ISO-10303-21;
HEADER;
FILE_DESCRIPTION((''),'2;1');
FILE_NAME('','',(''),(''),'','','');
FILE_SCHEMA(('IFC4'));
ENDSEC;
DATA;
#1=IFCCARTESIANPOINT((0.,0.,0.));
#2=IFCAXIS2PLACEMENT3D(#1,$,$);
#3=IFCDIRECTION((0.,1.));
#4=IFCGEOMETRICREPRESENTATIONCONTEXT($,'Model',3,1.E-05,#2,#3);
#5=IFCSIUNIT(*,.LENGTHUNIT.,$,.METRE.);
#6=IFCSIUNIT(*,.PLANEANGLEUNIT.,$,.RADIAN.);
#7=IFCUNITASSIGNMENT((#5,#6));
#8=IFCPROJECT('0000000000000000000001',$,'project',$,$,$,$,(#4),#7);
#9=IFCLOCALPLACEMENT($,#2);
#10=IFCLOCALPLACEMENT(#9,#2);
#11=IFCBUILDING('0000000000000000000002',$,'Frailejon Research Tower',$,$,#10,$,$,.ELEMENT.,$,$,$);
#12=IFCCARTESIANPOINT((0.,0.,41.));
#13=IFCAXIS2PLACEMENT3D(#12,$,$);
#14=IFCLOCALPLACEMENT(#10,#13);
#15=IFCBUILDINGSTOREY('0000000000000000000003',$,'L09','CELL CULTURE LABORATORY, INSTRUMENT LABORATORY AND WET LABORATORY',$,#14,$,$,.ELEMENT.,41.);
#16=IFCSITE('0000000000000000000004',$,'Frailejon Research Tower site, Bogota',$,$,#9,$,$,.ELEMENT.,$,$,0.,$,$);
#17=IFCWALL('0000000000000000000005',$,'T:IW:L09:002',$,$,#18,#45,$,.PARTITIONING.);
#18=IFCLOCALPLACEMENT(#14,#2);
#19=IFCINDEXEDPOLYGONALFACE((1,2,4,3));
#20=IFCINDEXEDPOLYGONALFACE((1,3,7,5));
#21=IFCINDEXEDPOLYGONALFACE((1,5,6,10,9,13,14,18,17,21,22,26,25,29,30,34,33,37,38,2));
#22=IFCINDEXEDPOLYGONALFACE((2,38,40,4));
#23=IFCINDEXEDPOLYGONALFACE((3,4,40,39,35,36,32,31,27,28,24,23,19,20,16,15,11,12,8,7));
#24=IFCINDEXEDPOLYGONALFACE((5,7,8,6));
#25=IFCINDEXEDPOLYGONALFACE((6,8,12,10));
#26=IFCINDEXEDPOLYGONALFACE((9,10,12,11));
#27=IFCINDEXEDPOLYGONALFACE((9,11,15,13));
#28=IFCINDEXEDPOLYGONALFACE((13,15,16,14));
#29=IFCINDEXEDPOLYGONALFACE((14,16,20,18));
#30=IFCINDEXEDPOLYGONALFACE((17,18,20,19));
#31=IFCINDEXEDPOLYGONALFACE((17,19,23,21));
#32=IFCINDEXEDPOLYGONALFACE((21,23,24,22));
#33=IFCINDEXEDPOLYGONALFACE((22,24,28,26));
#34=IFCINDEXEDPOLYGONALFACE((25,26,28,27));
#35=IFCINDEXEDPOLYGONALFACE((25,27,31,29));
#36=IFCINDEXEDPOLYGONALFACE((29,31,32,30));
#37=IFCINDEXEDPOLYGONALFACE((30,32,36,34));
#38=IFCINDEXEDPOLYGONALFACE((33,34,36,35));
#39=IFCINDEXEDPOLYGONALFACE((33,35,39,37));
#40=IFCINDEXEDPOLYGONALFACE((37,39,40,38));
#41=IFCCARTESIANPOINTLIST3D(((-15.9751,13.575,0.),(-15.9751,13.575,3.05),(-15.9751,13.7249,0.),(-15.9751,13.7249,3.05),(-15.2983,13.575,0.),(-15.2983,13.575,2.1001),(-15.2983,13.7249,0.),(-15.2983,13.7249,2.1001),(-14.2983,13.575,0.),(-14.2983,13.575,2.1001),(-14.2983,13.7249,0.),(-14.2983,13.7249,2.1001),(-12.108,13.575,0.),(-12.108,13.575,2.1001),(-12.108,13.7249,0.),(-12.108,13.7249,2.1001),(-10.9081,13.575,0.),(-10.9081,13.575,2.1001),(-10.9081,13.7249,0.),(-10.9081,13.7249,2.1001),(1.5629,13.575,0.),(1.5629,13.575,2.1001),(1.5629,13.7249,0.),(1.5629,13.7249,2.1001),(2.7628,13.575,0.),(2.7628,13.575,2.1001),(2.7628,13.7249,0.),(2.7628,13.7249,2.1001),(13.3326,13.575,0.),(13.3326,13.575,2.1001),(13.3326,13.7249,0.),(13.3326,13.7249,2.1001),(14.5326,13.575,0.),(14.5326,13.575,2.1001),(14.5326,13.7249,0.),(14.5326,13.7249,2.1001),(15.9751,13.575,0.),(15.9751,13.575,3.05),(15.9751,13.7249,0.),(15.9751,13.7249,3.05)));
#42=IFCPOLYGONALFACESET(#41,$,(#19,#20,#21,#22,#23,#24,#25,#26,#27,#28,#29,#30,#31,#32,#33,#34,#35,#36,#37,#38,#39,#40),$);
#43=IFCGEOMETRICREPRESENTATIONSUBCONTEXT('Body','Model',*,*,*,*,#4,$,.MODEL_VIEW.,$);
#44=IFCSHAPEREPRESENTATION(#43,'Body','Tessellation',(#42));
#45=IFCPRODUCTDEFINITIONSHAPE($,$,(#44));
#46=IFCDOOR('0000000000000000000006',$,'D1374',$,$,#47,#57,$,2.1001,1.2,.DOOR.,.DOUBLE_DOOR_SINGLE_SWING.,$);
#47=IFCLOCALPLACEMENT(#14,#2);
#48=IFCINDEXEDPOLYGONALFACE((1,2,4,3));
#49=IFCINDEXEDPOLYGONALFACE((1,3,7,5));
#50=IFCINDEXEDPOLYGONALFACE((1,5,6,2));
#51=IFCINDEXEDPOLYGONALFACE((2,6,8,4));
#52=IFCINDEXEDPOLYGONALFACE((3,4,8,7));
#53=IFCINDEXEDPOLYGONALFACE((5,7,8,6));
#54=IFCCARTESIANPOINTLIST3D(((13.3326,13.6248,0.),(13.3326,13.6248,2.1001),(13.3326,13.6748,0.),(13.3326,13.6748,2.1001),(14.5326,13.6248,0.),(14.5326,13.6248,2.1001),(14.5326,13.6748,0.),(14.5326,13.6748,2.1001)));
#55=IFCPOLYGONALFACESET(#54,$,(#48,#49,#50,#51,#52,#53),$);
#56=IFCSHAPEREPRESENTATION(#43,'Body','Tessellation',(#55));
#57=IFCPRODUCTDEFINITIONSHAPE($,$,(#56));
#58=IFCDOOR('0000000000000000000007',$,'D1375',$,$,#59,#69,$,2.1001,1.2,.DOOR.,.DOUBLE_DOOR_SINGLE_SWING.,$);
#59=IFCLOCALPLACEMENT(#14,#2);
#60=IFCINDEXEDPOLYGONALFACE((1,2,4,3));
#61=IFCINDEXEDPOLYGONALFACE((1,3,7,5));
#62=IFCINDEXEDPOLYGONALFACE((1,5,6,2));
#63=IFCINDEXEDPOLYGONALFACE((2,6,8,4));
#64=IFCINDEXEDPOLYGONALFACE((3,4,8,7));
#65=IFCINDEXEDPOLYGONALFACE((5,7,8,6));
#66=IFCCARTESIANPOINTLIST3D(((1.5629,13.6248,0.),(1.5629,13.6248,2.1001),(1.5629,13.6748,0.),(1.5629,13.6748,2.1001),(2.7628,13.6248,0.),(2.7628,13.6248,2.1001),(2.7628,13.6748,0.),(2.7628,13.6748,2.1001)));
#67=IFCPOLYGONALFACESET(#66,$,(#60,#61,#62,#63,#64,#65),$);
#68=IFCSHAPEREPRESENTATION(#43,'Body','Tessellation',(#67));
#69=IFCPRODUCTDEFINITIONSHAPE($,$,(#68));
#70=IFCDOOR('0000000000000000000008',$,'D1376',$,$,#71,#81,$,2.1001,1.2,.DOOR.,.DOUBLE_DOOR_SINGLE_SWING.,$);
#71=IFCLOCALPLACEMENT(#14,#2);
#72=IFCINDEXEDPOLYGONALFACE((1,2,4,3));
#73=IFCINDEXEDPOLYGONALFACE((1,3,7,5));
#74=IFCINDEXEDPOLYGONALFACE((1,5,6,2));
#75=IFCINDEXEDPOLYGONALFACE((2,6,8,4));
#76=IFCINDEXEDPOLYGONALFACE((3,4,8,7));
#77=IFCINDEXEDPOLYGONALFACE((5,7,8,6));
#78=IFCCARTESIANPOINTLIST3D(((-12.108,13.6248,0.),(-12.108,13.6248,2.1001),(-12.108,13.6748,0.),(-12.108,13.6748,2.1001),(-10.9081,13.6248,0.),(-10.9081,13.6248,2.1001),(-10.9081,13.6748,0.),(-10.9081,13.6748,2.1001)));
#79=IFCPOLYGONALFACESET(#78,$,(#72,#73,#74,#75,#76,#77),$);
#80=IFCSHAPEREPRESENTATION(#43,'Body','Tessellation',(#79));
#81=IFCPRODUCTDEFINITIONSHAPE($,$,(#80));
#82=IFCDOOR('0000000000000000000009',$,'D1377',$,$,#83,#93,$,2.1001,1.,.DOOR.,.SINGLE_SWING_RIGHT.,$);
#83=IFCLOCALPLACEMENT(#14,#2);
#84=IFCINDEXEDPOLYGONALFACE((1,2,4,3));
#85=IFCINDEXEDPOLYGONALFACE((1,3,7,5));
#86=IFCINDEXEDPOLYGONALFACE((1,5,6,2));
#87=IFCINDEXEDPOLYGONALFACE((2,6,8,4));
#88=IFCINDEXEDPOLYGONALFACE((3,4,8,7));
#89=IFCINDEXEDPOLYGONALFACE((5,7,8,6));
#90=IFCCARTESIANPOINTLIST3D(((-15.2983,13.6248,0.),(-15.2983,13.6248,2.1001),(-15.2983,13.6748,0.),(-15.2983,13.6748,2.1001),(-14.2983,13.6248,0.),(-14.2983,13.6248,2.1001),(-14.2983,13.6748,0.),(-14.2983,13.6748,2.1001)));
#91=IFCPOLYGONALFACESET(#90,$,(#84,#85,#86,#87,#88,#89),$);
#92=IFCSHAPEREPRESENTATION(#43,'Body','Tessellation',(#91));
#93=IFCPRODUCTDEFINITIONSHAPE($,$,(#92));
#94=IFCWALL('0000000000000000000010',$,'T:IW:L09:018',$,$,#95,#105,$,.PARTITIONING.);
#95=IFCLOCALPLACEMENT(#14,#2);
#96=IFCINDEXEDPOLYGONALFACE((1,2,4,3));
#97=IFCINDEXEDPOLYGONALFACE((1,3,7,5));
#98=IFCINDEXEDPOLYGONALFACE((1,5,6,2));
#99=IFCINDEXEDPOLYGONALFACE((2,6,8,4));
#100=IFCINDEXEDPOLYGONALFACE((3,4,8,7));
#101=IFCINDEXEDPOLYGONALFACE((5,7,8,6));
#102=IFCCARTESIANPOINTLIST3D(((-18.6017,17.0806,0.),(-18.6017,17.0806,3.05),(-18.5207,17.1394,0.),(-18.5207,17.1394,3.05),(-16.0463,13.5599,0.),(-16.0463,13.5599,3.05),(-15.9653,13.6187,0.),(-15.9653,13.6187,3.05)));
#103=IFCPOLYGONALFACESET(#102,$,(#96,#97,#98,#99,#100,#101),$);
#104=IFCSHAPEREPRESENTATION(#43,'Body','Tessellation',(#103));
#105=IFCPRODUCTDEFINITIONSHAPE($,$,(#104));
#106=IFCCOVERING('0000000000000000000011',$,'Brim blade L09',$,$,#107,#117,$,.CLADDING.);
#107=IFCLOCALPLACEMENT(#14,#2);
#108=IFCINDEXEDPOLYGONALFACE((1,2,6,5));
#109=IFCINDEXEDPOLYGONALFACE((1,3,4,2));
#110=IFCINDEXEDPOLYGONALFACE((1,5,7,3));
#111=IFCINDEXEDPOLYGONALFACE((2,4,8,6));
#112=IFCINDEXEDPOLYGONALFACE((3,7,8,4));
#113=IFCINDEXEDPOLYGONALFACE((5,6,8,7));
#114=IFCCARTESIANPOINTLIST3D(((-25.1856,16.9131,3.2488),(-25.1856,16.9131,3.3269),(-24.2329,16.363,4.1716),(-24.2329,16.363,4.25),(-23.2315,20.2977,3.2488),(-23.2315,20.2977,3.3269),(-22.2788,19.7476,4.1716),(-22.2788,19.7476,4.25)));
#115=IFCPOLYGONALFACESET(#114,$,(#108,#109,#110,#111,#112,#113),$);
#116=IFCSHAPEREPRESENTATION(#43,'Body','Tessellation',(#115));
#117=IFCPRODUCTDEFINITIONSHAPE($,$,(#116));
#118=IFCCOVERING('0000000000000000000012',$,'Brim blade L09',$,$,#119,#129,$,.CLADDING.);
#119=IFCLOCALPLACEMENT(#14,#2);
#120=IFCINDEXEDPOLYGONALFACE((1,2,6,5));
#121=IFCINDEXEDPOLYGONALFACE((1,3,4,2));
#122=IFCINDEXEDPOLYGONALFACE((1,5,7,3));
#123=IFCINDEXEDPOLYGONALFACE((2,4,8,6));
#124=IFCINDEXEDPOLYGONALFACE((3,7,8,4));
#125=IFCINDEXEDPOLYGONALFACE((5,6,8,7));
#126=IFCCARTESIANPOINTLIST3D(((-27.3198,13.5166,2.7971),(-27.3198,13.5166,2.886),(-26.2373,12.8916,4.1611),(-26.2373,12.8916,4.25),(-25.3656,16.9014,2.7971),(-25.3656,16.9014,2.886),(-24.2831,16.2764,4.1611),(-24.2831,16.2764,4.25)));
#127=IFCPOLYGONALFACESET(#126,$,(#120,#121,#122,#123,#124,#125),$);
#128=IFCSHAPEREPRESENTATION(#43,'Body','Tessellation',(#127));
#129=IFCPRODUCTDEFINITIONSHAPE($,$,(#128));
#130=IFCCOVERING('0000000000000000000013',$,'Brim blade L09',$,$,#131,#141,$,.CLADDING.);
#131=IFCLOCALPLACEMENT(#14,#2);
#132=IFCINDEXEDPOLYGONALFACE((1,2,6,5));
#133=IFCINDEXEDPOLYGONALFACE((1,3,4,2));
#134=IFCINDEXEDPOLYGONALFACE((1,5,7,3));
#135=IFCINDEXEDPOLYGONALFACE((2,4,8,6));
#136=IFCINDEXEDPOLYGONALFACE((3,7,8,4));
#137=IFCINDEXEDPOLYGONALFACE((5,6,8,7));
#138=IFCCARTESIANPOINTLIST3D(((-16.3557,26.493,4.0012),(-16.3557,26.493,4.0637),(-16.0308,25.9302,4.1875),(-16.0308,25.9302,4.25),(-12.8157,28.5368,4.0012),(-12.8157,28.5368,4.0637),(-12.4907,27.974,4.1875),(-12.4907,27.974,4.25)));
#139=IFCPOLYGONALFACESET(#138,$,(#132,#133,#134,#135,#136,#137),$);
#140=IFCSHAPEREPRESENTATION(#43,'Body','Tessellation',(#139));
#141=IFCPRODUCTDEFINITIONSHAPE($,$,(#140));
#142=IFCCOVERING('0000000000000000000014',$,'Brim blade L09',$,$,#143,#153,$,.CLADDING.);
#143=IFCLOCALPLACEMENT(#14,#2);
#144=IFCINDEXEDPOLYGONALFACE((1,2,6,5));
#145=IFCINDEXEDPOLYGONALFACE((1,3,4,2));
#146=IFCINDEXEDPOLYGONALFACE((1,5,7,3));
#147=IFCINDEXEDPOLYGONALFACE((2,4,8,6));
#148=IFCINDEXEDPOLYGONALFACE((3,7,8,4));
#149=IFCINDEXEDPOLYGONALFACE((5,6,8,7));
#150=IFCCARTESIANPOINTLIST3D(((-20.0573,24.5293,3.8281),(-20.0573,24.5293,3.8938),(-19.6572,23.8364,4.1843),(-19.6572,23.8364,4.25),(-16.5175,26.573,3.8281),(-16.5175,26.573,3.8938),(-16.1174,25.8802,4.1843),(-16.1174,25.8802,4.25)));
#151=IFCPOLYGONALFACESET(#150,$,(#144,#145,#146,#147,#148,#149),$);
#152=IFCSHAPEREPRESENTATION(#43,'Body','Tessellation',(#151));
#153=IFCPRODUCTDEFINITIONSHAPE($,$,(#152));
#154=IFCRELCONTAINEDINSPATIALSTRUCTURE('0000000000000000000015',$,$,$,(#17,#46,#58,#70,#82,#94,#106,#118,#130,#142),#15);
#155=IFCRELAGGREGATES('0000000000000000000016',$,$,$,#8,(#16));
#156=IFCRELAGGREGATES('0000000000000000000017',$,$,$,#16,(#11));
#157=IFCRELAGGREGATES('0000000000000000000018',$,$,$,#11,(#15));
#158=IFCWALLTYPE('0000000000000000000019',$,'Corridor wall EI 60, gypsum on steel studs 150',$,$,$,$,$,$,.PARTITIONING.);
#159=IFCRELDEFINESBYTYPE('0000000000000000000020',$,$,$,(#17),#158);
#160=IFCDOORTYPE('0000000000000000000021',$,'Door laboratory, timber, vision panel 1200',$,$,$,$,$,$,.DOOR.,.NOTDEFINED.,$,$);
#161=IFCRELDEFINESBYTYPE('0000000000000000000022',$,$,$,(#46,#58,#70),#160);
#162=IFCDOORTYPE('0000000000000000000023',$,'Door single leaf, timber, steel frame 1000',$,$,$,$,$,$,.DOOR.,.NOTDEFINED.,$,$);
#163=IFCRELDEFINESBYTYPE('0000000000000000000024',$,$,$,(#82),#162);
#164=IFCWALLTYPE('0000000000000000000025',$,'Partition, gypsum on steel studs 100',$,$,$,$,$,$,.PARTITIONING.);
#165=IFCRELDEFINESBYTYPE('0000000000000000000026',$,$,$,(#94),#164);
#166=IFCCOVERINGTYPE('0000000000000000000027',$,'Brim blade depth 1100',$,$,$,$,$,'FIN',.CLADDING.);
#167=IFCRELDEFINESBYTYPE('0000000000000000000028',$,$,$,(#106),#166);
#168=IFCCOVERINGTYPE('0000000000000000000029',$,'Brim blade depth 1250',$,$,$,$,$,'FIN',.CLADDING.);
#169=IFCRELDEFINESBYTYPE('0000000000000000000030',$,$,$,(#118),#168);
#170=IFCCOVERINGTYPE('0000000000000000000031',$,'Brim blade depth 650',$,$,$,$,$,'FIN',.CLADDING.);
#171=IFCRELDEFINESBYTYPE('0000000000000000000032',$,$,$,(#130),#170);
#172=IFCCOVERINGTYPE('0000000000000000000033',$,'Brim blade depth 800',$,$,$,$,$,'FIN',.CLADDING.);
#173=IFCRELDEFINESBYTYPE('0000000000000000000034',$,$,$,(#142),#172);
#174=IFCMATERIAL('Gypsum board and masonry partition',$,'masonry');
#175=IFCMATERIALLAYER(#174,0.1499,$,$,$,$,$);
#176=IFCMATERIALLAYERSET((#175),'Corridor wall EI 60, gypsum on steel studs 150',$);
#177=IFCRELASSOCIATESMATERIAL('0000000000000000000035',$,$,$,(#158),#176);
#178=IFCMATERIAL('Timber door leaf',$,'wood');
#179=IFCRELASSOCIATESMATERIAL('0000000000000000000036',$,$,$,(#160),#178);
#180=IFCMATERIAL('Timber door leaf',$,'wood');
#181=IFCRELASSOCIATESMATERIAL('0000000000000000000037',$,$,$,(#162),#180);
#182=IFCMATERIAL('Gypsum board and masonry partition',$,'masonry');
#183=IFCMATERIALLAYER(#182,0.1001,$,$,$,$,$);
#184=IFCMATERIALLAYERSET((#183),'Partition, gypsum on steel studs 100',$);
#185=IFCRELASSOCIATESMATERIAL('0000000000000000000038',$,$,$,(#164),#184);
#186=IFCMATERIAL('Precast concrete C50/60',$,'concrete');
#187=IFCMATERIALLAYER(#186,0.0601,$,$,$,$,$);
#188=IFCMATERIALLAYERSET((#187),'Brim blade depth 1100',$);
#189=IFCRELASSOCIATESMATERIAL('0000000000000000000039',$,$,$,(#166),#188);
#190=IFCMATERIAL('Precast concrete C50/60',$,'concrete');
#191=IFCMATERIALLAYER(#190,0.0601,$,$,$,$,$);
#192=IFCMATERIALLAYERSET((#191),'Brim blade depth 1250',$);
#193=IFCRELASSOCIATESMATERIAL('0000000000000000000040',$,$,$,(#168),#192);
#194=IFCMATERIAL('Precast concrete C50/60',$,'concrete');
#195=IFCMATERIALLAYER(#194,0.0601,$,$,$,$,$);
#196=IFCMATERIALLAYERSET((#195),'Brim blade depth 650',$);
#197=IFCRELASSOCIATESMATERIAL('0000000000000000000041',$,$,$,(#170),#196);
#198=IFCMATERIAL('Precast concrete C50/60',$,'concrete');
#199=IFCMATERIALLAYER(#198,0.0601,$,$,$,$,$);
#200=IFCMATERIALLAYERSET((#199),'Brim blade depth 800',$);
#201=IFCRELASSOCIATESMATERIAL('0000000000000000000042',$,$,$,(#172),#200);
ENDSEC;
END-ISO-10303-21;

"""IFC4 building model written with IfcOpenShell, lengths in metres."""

from ifc_helpers import new_model, si_unit, direction, frame, frame_2d, origin, place, context, subcontext, project, spatial, polyline, rectangle, outline, extrude, material, layer, layer_set, type_object, element, fill, save


model = new_model("IFC4")

# Units and contexts
model_context = context("Model", 3, precision=1e-05, world=origin(), true_north=direction((0.0, 1.0)))
body_context = subcontext(model_context, "Body", "Model", "MODEL_VIEW")
ifc_project = project(units=[si_unit("LENGTHUNIT", "METRE"), si_unit("PLANEANGLEUNIT", "RADIAN")], contexts=[model_context])

# Site, building, storey
site_placement = place(None, origin())
site = spatial("IfcSite", under=ifc_project, at=site_placement, Name="Frailejon Research Tower site, Bogota", CompositionType="ELEMENT", RefElevation=0.0)
building_placement = place(site_placement, origin())
building = spatial("IfcBuilding", under=site, at=building_placement, Name="Frailejon Research Tower", CompositionType="ELEMENT")
storey_placement = place(building_placement, frame((0.0, 0.0, 41.0)))
storey = spatial("IfcBuildingStorey", under=building, at=storey_placement, Name="L09", Description="CELL CULTURE LABORATORY, INSTRUMENT LABORATORY AND WET LABORATORY", CompositionType="ELEMENT", Elevation=41.0)

# Wall, openings, doors
ifc_material_1 = material(Name="Gypsum board and masonry partition", Category="masonry")
ifc_layer_1 = layer(ifc_material_1, 0.1499)
ifc_layer_set_1 = layer_set([ifc_layer_1], Name="Corridor wall EI 60, gypsum on steel studs 150")
wall_type_1 = type_object("IfcWallType", Name="Corridor wall EI 60, gypsum on steel studs 150", PredefinedType="PARTITIONING", material=ifc_layer_set_1)
wall_1_placement = place(storey_placement, frame((-15.9751, 13.6499, 0.0), z_axis=(0.0, 0.0, 1.0), x_axis=(1.0, 0.0, 0.0)))
wall_1 = element("IfcWall", 1, at=wall_1_placement, inside=storey, type_object=wall_type_1, Name="T:IW:L09:002", PredefinedType="PARTITIONING", context=body_context, shape_type="SweptSolid", body=[
    extrude(rectangle(XDim=31.9502, YDim=0.1499, at=frame_2d((15.9751, 0.0))), origin(), (0.0, 0.0, 1.0), 3.05),
])
opening_1_placement = place(wall_1_placement, frame((29.3076, 0.0, 0.0)))
opening_1 = element("IfcOpeningElement", 2, at=opening_1_placement, cuts=wall_1, PredefinedType="OPENING", context=body_context, shape_type="SweptSolid", body=[
    extrude(rectangle(XDim=1.2, YDim=2.1001, at=frame_2d((0.6001, 1.05))), frame((0.0, 0.085, 0.0), z_axis=(0.0, -1.0, 0.0), x_axis=(1.0, 0.0, 0.0)), (0.0, 0.0, 1.0), 0.1699),
])
opening_2_placement = place(wall_1_placement, frame((17.5378, 0.0, 0.0)))
opening_2 = element("IfcOpeningElement", 3, at=opening_2_placement, cuts=wall_1, PredefinedType="OPENING", context=body_context, shape_type="SweptSolid", body=[
    extrude(rectangle(XDim=1.2, YDim=2.1001, at=frame_2d((0.6001, 1.05))), frame((0.0, 0.085, 0.0), z_axis=(0.0, -1.0, 0.0), x_axis=(1.0, 0.0, 0.0)), (0.0, 0.0, 1.0), 0.1699),
])
opening_3_placement = place(wall_1_placement, frame((3.8669, 0.0, 0.0)))
opening_3 = element("IfcOpeningElement", 4, at=opening_3_placement, cuts=wall_1, PredefinedType="OPENING", context=body_context, shape_type="SweptSolid", body=[
    extrude(rectangle(XDim=1.2, YDim=2.1001, at=frame_2d((0.6001, 1.05))), frame((0.0, 0.085, 0.0), z_axis=(0.0, -1.0, 0.0), x_axis=(1.0, 0.0, 0.0)), (0.0, 0.0, 1.0), 0.1699),
])
opening_4_placement = place(wall_1_placement, frame((0.6768, 0.0, 0.0)))
opening_4 = element("IfcOpeningElement", 5, at=opening_4_placement, cuts=wall_1, PredefinedType="OPENING", context=body_context, shape_type="SweptSolid", body=[
    extrude(rectangle(XDim=1.0, YDim=2.1001, at=frame_2d((0.5, 1.05))), frame((0.0, 0.085, 0.0), z_axis=(0.0, -1.0, 0.0), x_axis=(1.0, 0.0, 0.0)), (0.0, 0.0, 1.0), 0.1699),
])
ifc_material_2 = material(Name="Timber door leaf", Category="wood")
door_type_1 = type_object("IfcDoorType", Name="Door laboratory, timber, vision panel 1200", OperationType="NOTDEFINED", PredefinedType="DOOR", material=ifc_material_2)
door_1_placement = place(opening_1_placement, origin())
door_1 = element("IfcDoor", 6, at=door_1_placement, inside=storey, type_object=door_type_1, Name="D1374", OperationType="DOUBLE_DOOR_SINGLE_SWING", OverallHeight=2.1001, OverallWidth=1.2, PredefinedType="DOOR", context=body_context, shape_type="SweptSolid", body=[
    extrude(rectangle(XDim=1.2, YDim=2.1001, at=frame_2d((0.6001, 1.05))), frame((0.0, 0.0249, 0.0), z_axis=(0.0, -1.0, 0.0), x_axis=(1.0, 0.0, 0.0)), (0.0, 0.0, 1.0), 0.05),
])
fill(opening_1, door_1)
door_2_placement = place(opening_2_placement, origin())
door_2 = element("IfcDoor", 7, at=door_2_placement, inside=storey, type_object=door_type_1, Name="D1375", OperationType="DOUBLE_DOOR_SINGLE_SWING", OverallHeight=2.1001, OverallWidth=1.2, PredefinedType="DOOR", context=body_context, shape_type="SweptSolid", body=[
    extrude(rectangle(XDim=1.2, YDim=2.1001, at=frame_2d((0.6001, 1.05))), frame((0.0, 0.0249, 0.0), z_axis=(0.0, -1.0, 0.0), x_axis=(1.0, 0.0, 0.0)), (0.0, 0.0, 1.0), 0.05),
])
fill(opening_2, door_2)
door_3_placement = place(opening_3_placement, origin())
door_3 = element("IfcDoor", 8, at=door_3_placement, inside=storey, type_object=door_type_1, Name="D1376", OperationType="DOUBLE_DOOR_SINGLE_SWING", OverallHeight=2.1001, OverallWidth=1.2, PredefinedType="DOOR", context=body_context, shape_type="SweptSolid", body=[
    extrude(rectangle(XDim=1.2, YDim=2.1001, at=frame_2d((0.6001, 1.05))), frame((0.0, 0.0249, 0.0), z_axis=(0.0, -1.0, 0.0), x_axis=(1.0, 0.0, 0.0)), (0.0, 0.0, 1.0), 0.05),
])
fill(opening_3, door_3)
ifc_material_3 = material(Name="Timber door leaf", Category="wood")
door_type_2 = type_object("IfcDoorType", Name="Door single leaf, timber, steel frame 1000", OperationType="NOTDEFINED", PredefinedType="DOOR", material=ifc_material_3)
door_4_placement = place(opening_4_placement, origin())
door_4 = element("IfcDoor", 9, at=door_4_placement, inside=storey, type_object=door_type_2, Name="D1377", OperationType="SINGLE_SWING_RIGHT", OverallHeight=2.1001, OverallWidth=1.0, PredefinedType="DOOR", context=body_context, shape_type="SweptSolid", body=[
    extrude(rectangle(XDim=1.0, YDim=2.1001, at=frame_2d((0.5, 1.05))), frame((0.0, 0.0249, 0.0), z_axis=(0.0, -1.0, 0.0), x_axis=(1.0, 0.0, 0.0)), (0.0, 0.0, 1.0), 0.05),
])
fill(opening_4, door_4)

# Wall
ifc_material_4 = material(Name="Gypsum board and masonry partition", Category="masonry")
ifc_layer_2 = layer(ifc_material_4, 0.1001)
ifc_layer_set_2 = layer_set([ifc_layer_2], Name="Partition, gypsum on steel studs 100")
wall_type_2 = type_object("IfcWallType", Name="Partition, gypsum on steel studs 100", PredefinedType="PARTITIONING", material=ifc_layer_set_2)
wall_2_placement = place(storey_placement, frame((-18.5613, 17.1101, 0.0), z_axis=(0.0, 0.0, 1.0), x_axis=(0.587401, -0.809296, 0.0)))
element("IfcWall", 10, at=wall_2_placement, inside=storey, type_object=wall_type_2, Name="T:IW:L09:018", PredefinedType="PARTITIONING", context=body_context, shape_type="SweptSolid", body=[
    extrude(rectangle(XDim=4.3503, YDim=0.1001, at=frame_2d((2.1753, 0.0))), origin(), (0.0, 0.0, 1.0), 3.05),
])

# Coverings
ifc_material_5 = material(Name="Precast concrete C50/60", Category="concrete")
ifc_layer_3 = layer(ifc_material_5, 0.0601)
ifc_layer_set_3 = layer_set([ifc_layer_3], Name="Brim blade depth 1100")
covering_type_1 = type_object("IfcCoveringType", Name="Brim blade depth 1100", ElementType="FIN", PredefinedType="CLADDING", material=ifc_layer_set_3)
covering_1_placement = place(storey_placement, frame((-24.2329, 16.363, 4.25), z_axis=(0.500008, 0.866021, 0.0), x_axis=(-0.866021, 0.500008, 0.0)))
element("IfcCovering", 11, at=covering_1_placement, inside=storey, type_object=covering_type_1, Name="Brim blade L09", PredefinedType="CLADDING", context=body_context, shape_type="SweptSolid", body=[
    extrude(outline(polyline([(0.0, -0.0784), (1.1001, -1.0012), (1.1001, -0.9231), (0.0, 0.0), (0.0, -0.0784)])), origin(), (0.0, 0.0, 1.0), 3.9082),
])
ifc_material_6 = material(Name="Precast concrete C50/60", Category="concrete")
ifc_layer_4 = layer(ifc_material_6, 0.0601)
ifc_layer_set_4 = layer_set([ifc_layer_4], Name="Brim blade depth 1250")
covering_type_2 = type_object("IfcCoveringType", Name="Brim blade depth 1250", ElementType="FIN", PredefinedType="CLADDING", material=ifc_layer_set_4)
covering_2_placement = place(storey_placement, frame((-26.2373, 12.8916, 4.25), z_axis=(0.499997, 0.866027, 0.0), x_axis=(-0.866027, 0.499997, 0.0)))
element("IfcCovering", 12, at=covering_2_placement, inside=storey, type_object=covering_type_2, Name="Brim blade L09", PredefinedType="CLADDING", context=body_context, shape_type="SweptSolid", body=[
    extrude(outline(polyline([(0.0, -0.0889), (1.25, -1.4529), (1.25, -1.364), (0.0, 0.0), (0.0, -0.0889)])), origin(), (0.0, 0.0, 1.0), 3.9084),
])
ifc_material_7 = material(Name="Precast concrete C50/60", Category="concrete")
ifc_layer_5 = layer(ifc_material_7, 0.0601)
ifc_layer_set_5 = layer_set([ifc_layer_5], Name="Brim blade depth 650")
covering_type_3 = type_object("IfcCoveringType", Name="Brim blade depth 650", ElementType="FIN", PredefinedType="CLADDING", material=ifc_layer_set_5)
covering_3_placement = place(storey_placement, frame((-16.0308, 25.9302, 4.25), z_axis=(0.866027, 0.499997, 0.0), x_axis=(-0.499997, 0.866027, 0.0)))
element("IfcCovering", 13, at=covering_3_placement, inside=storey, type_object=covering_type_3, Name="Brim blade L09", PredefinedType="CLADDING", context=body_context, shape_type="SweptSolid", body=[
    extrude(outline(polyline([(0.0, -0.0625), (0.6499, -0.2488), (0.6499, -0.1863), (0.0, 0.0), (0.0, -0.0625)])), origin(), (0.0, 0.0, 1.0), 4.0876),
])
ifc_material_8 = material(Name="Precast concrete C50/60", Category="concrete")
ifc_layer_6 = layer(ifc_material_8, 0.0601)
ifc_layer_set_6 = layer_set([ifc_layer_6], Name="Brim blade depth 800")
covering_type_4 = type_object("IfcCoveringType", Name="Brim blade depth 800", ElementType="FIN", PredefinedType="CLADDING", material=ifc_layer_set_6)
covering_4_placement = place(storey_placement, frame((-19.6572, 23.8364, 4.25), z_axis=(0.866021, 0.500007, 0.0), x_axis=(-0.500007, 0.866021, 0.0)))
element("IfcCovering", 14, at=covering_4_placement, inside=storey, type_object=covering_type_4, Name="Brim blade L09", PredefinedType="CLADDING", context=body_context, shape_type="SweptSolid", body=[
    extrude(outline(polyline([(0.0, -0.0657), (0.8, -0.4219), (0.8, -0.3562), (0.0, 0.0), (0.0, -0.0657)])), origin(), (0.0, 0.0, 1.0), 4.0874),
])

save(model, "model.ifc")
